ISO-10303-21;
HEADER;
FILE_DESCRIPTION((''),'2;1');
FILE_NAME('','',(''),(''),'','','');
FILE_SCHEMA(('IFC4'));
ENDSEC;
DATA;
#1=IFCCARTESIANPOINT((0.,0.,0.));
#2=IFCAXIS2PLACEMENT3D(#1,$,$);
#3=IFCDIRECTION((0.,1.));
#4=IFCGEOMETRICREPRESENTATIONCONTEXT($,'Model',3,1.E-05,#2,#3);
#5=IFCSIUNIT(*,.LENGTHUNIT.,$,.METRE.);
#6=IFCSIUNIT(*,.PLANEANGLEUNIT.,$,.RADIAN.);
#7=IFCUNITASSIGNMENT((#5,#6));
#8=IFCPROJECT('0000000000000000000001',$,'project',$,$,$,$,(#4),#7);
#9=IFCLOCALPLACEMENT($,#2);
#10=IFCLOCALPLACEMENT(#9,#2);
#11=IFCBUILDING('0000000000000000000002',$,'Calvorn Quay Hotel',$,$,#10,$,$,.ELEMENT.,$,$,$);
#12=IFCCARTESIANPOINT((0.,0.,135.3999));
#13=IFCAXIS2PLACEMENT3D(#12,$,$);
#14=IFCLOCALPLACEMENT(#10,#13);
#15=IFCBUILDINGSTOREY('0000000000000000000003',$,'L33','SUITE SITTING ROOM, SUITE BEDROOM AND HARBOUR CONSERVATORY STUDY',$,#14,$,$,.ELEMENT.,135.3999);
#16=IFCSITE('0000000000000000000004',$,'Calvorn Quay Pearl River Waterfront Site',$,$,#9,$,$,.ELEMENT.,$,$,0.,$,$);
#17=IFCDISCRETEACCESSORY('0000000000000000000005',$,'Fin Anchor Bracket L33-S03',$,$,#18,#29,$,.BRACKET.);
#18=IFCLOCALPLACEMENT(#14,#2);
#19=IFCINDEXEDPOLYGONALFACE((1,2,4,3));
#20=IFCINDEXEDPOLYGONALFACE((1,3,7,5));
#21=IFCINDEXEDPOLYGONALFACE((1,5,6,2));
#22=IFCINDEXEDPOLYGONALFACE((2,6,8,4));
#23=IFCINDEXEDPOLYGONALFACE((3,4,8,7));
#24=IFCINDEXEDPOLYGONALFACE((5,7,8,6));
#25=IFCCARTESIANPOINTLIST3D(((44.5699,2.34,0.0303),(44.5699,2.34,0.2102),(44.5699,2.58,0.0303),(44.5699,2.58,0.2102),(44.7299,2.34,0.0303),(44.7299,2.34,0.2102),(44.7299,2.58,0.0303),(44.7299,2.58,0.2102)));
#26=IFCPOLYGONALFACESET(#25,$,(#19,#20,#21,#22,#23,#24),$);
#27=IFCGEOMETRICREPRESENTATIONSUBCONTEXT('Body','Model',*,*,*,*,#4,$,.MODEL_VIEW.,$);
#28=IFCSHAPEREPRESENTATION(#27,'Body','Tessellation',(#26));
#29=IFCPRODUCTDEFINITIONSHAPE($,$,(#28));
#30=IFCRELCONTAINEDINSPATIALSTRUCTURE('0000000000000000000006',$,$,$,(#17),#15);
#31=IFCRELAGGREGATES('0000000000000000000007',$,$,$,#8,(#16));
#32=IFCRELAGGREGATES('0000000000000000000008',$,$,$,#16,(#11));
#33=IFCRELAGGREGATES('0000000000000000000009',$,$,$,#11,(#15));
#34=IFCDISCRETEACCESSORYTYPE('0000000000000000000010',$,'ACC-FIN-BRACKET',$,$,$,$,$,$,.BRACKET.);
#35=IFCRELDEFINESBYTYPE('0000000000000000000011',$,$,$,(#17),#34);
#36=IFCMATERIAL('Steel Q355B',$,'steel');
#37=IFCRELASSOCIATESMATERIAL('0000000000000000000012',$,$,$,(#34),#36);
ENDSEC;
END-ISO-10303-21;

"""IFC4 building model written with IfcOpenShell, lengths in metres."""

from ifc_helpers import new_model, si_unit, direction, frame, origin, origin_2d, place, context, subcontext, project, spatial, rectangle, extrude, material, type_object, element, save


model = new_model("IFC4")

# Units and contexts
model_context = context("Model", 3, precision=1e-05, world=origin(), true_north=direction((0.0, 1.0)))
body_context = subcontext(model_context, "Body", "Model", "MODEL_VIEW")
ifc_project = project(units=[si_unit("LENGTHUNIT", "METRE"), si_unit("PLANEANGLEUNIT", "RADIAN")], contexts=[model_context])

# Site, building, storey
site_placement = place(None, origin())
site = spatial("IfcSite", under=ifc_project, at=site_placement, Name="Calvorn Quay Pearl River Waterfront Site", CompositionType="ELEMENT", RefElevation=0.0)
building_placement = place(site_placement, origin())
building = spatial("IfcBuilding", under=site, at=building_placement, Name="Calvorn Quay Hotel", CompositionType="ELEMENT")
storey_placement = place(building_placement, frame((0.0, 0.0, 135.3999)))
storey = spatial("IfcBuildingStorey", under=building, at=storey_placement, Name="L33", Description="SUITE SITTING ROOM, SUITE BEDROOM AND HARBOUR CONSERVATORY STUDY", CompositionType="ELEMENT", Elevation=135.3999)

# Discrete accessory
ifc_material_1 = material(Name="Steel Q355B", Category="steel")
discrete_accessory_type = type_object("IfcDiscreteAccessoryType", Name="ACC-FIN-BRACKET", PredefinedType="BRACKET", material=ifc_material_1)
discrete_accessory_placement = place(storey_placement, frame((44.6499, 2.46, 0.0303), z_axis=(0.0, 0.0, 1.0), x_axis=(0.0, 1.0, 0.0)))
element("IfcDiscreteAccessory", 1, at=discrete_accessory_placement, inside=storey, type_object=discrete_accessory_type, Name="Fin Anchor Bracket L33-S03", PredefinedType="BRACKET", context=body_context, shape_type="SweptSolid", body=[
    extrude(rectangle(XDim=0.24, YDim=0.1599, at=origin_2d()), origin(), (0.0, 0.0, 1.0), 0.1799),
])

save(model, "model.ifc")
